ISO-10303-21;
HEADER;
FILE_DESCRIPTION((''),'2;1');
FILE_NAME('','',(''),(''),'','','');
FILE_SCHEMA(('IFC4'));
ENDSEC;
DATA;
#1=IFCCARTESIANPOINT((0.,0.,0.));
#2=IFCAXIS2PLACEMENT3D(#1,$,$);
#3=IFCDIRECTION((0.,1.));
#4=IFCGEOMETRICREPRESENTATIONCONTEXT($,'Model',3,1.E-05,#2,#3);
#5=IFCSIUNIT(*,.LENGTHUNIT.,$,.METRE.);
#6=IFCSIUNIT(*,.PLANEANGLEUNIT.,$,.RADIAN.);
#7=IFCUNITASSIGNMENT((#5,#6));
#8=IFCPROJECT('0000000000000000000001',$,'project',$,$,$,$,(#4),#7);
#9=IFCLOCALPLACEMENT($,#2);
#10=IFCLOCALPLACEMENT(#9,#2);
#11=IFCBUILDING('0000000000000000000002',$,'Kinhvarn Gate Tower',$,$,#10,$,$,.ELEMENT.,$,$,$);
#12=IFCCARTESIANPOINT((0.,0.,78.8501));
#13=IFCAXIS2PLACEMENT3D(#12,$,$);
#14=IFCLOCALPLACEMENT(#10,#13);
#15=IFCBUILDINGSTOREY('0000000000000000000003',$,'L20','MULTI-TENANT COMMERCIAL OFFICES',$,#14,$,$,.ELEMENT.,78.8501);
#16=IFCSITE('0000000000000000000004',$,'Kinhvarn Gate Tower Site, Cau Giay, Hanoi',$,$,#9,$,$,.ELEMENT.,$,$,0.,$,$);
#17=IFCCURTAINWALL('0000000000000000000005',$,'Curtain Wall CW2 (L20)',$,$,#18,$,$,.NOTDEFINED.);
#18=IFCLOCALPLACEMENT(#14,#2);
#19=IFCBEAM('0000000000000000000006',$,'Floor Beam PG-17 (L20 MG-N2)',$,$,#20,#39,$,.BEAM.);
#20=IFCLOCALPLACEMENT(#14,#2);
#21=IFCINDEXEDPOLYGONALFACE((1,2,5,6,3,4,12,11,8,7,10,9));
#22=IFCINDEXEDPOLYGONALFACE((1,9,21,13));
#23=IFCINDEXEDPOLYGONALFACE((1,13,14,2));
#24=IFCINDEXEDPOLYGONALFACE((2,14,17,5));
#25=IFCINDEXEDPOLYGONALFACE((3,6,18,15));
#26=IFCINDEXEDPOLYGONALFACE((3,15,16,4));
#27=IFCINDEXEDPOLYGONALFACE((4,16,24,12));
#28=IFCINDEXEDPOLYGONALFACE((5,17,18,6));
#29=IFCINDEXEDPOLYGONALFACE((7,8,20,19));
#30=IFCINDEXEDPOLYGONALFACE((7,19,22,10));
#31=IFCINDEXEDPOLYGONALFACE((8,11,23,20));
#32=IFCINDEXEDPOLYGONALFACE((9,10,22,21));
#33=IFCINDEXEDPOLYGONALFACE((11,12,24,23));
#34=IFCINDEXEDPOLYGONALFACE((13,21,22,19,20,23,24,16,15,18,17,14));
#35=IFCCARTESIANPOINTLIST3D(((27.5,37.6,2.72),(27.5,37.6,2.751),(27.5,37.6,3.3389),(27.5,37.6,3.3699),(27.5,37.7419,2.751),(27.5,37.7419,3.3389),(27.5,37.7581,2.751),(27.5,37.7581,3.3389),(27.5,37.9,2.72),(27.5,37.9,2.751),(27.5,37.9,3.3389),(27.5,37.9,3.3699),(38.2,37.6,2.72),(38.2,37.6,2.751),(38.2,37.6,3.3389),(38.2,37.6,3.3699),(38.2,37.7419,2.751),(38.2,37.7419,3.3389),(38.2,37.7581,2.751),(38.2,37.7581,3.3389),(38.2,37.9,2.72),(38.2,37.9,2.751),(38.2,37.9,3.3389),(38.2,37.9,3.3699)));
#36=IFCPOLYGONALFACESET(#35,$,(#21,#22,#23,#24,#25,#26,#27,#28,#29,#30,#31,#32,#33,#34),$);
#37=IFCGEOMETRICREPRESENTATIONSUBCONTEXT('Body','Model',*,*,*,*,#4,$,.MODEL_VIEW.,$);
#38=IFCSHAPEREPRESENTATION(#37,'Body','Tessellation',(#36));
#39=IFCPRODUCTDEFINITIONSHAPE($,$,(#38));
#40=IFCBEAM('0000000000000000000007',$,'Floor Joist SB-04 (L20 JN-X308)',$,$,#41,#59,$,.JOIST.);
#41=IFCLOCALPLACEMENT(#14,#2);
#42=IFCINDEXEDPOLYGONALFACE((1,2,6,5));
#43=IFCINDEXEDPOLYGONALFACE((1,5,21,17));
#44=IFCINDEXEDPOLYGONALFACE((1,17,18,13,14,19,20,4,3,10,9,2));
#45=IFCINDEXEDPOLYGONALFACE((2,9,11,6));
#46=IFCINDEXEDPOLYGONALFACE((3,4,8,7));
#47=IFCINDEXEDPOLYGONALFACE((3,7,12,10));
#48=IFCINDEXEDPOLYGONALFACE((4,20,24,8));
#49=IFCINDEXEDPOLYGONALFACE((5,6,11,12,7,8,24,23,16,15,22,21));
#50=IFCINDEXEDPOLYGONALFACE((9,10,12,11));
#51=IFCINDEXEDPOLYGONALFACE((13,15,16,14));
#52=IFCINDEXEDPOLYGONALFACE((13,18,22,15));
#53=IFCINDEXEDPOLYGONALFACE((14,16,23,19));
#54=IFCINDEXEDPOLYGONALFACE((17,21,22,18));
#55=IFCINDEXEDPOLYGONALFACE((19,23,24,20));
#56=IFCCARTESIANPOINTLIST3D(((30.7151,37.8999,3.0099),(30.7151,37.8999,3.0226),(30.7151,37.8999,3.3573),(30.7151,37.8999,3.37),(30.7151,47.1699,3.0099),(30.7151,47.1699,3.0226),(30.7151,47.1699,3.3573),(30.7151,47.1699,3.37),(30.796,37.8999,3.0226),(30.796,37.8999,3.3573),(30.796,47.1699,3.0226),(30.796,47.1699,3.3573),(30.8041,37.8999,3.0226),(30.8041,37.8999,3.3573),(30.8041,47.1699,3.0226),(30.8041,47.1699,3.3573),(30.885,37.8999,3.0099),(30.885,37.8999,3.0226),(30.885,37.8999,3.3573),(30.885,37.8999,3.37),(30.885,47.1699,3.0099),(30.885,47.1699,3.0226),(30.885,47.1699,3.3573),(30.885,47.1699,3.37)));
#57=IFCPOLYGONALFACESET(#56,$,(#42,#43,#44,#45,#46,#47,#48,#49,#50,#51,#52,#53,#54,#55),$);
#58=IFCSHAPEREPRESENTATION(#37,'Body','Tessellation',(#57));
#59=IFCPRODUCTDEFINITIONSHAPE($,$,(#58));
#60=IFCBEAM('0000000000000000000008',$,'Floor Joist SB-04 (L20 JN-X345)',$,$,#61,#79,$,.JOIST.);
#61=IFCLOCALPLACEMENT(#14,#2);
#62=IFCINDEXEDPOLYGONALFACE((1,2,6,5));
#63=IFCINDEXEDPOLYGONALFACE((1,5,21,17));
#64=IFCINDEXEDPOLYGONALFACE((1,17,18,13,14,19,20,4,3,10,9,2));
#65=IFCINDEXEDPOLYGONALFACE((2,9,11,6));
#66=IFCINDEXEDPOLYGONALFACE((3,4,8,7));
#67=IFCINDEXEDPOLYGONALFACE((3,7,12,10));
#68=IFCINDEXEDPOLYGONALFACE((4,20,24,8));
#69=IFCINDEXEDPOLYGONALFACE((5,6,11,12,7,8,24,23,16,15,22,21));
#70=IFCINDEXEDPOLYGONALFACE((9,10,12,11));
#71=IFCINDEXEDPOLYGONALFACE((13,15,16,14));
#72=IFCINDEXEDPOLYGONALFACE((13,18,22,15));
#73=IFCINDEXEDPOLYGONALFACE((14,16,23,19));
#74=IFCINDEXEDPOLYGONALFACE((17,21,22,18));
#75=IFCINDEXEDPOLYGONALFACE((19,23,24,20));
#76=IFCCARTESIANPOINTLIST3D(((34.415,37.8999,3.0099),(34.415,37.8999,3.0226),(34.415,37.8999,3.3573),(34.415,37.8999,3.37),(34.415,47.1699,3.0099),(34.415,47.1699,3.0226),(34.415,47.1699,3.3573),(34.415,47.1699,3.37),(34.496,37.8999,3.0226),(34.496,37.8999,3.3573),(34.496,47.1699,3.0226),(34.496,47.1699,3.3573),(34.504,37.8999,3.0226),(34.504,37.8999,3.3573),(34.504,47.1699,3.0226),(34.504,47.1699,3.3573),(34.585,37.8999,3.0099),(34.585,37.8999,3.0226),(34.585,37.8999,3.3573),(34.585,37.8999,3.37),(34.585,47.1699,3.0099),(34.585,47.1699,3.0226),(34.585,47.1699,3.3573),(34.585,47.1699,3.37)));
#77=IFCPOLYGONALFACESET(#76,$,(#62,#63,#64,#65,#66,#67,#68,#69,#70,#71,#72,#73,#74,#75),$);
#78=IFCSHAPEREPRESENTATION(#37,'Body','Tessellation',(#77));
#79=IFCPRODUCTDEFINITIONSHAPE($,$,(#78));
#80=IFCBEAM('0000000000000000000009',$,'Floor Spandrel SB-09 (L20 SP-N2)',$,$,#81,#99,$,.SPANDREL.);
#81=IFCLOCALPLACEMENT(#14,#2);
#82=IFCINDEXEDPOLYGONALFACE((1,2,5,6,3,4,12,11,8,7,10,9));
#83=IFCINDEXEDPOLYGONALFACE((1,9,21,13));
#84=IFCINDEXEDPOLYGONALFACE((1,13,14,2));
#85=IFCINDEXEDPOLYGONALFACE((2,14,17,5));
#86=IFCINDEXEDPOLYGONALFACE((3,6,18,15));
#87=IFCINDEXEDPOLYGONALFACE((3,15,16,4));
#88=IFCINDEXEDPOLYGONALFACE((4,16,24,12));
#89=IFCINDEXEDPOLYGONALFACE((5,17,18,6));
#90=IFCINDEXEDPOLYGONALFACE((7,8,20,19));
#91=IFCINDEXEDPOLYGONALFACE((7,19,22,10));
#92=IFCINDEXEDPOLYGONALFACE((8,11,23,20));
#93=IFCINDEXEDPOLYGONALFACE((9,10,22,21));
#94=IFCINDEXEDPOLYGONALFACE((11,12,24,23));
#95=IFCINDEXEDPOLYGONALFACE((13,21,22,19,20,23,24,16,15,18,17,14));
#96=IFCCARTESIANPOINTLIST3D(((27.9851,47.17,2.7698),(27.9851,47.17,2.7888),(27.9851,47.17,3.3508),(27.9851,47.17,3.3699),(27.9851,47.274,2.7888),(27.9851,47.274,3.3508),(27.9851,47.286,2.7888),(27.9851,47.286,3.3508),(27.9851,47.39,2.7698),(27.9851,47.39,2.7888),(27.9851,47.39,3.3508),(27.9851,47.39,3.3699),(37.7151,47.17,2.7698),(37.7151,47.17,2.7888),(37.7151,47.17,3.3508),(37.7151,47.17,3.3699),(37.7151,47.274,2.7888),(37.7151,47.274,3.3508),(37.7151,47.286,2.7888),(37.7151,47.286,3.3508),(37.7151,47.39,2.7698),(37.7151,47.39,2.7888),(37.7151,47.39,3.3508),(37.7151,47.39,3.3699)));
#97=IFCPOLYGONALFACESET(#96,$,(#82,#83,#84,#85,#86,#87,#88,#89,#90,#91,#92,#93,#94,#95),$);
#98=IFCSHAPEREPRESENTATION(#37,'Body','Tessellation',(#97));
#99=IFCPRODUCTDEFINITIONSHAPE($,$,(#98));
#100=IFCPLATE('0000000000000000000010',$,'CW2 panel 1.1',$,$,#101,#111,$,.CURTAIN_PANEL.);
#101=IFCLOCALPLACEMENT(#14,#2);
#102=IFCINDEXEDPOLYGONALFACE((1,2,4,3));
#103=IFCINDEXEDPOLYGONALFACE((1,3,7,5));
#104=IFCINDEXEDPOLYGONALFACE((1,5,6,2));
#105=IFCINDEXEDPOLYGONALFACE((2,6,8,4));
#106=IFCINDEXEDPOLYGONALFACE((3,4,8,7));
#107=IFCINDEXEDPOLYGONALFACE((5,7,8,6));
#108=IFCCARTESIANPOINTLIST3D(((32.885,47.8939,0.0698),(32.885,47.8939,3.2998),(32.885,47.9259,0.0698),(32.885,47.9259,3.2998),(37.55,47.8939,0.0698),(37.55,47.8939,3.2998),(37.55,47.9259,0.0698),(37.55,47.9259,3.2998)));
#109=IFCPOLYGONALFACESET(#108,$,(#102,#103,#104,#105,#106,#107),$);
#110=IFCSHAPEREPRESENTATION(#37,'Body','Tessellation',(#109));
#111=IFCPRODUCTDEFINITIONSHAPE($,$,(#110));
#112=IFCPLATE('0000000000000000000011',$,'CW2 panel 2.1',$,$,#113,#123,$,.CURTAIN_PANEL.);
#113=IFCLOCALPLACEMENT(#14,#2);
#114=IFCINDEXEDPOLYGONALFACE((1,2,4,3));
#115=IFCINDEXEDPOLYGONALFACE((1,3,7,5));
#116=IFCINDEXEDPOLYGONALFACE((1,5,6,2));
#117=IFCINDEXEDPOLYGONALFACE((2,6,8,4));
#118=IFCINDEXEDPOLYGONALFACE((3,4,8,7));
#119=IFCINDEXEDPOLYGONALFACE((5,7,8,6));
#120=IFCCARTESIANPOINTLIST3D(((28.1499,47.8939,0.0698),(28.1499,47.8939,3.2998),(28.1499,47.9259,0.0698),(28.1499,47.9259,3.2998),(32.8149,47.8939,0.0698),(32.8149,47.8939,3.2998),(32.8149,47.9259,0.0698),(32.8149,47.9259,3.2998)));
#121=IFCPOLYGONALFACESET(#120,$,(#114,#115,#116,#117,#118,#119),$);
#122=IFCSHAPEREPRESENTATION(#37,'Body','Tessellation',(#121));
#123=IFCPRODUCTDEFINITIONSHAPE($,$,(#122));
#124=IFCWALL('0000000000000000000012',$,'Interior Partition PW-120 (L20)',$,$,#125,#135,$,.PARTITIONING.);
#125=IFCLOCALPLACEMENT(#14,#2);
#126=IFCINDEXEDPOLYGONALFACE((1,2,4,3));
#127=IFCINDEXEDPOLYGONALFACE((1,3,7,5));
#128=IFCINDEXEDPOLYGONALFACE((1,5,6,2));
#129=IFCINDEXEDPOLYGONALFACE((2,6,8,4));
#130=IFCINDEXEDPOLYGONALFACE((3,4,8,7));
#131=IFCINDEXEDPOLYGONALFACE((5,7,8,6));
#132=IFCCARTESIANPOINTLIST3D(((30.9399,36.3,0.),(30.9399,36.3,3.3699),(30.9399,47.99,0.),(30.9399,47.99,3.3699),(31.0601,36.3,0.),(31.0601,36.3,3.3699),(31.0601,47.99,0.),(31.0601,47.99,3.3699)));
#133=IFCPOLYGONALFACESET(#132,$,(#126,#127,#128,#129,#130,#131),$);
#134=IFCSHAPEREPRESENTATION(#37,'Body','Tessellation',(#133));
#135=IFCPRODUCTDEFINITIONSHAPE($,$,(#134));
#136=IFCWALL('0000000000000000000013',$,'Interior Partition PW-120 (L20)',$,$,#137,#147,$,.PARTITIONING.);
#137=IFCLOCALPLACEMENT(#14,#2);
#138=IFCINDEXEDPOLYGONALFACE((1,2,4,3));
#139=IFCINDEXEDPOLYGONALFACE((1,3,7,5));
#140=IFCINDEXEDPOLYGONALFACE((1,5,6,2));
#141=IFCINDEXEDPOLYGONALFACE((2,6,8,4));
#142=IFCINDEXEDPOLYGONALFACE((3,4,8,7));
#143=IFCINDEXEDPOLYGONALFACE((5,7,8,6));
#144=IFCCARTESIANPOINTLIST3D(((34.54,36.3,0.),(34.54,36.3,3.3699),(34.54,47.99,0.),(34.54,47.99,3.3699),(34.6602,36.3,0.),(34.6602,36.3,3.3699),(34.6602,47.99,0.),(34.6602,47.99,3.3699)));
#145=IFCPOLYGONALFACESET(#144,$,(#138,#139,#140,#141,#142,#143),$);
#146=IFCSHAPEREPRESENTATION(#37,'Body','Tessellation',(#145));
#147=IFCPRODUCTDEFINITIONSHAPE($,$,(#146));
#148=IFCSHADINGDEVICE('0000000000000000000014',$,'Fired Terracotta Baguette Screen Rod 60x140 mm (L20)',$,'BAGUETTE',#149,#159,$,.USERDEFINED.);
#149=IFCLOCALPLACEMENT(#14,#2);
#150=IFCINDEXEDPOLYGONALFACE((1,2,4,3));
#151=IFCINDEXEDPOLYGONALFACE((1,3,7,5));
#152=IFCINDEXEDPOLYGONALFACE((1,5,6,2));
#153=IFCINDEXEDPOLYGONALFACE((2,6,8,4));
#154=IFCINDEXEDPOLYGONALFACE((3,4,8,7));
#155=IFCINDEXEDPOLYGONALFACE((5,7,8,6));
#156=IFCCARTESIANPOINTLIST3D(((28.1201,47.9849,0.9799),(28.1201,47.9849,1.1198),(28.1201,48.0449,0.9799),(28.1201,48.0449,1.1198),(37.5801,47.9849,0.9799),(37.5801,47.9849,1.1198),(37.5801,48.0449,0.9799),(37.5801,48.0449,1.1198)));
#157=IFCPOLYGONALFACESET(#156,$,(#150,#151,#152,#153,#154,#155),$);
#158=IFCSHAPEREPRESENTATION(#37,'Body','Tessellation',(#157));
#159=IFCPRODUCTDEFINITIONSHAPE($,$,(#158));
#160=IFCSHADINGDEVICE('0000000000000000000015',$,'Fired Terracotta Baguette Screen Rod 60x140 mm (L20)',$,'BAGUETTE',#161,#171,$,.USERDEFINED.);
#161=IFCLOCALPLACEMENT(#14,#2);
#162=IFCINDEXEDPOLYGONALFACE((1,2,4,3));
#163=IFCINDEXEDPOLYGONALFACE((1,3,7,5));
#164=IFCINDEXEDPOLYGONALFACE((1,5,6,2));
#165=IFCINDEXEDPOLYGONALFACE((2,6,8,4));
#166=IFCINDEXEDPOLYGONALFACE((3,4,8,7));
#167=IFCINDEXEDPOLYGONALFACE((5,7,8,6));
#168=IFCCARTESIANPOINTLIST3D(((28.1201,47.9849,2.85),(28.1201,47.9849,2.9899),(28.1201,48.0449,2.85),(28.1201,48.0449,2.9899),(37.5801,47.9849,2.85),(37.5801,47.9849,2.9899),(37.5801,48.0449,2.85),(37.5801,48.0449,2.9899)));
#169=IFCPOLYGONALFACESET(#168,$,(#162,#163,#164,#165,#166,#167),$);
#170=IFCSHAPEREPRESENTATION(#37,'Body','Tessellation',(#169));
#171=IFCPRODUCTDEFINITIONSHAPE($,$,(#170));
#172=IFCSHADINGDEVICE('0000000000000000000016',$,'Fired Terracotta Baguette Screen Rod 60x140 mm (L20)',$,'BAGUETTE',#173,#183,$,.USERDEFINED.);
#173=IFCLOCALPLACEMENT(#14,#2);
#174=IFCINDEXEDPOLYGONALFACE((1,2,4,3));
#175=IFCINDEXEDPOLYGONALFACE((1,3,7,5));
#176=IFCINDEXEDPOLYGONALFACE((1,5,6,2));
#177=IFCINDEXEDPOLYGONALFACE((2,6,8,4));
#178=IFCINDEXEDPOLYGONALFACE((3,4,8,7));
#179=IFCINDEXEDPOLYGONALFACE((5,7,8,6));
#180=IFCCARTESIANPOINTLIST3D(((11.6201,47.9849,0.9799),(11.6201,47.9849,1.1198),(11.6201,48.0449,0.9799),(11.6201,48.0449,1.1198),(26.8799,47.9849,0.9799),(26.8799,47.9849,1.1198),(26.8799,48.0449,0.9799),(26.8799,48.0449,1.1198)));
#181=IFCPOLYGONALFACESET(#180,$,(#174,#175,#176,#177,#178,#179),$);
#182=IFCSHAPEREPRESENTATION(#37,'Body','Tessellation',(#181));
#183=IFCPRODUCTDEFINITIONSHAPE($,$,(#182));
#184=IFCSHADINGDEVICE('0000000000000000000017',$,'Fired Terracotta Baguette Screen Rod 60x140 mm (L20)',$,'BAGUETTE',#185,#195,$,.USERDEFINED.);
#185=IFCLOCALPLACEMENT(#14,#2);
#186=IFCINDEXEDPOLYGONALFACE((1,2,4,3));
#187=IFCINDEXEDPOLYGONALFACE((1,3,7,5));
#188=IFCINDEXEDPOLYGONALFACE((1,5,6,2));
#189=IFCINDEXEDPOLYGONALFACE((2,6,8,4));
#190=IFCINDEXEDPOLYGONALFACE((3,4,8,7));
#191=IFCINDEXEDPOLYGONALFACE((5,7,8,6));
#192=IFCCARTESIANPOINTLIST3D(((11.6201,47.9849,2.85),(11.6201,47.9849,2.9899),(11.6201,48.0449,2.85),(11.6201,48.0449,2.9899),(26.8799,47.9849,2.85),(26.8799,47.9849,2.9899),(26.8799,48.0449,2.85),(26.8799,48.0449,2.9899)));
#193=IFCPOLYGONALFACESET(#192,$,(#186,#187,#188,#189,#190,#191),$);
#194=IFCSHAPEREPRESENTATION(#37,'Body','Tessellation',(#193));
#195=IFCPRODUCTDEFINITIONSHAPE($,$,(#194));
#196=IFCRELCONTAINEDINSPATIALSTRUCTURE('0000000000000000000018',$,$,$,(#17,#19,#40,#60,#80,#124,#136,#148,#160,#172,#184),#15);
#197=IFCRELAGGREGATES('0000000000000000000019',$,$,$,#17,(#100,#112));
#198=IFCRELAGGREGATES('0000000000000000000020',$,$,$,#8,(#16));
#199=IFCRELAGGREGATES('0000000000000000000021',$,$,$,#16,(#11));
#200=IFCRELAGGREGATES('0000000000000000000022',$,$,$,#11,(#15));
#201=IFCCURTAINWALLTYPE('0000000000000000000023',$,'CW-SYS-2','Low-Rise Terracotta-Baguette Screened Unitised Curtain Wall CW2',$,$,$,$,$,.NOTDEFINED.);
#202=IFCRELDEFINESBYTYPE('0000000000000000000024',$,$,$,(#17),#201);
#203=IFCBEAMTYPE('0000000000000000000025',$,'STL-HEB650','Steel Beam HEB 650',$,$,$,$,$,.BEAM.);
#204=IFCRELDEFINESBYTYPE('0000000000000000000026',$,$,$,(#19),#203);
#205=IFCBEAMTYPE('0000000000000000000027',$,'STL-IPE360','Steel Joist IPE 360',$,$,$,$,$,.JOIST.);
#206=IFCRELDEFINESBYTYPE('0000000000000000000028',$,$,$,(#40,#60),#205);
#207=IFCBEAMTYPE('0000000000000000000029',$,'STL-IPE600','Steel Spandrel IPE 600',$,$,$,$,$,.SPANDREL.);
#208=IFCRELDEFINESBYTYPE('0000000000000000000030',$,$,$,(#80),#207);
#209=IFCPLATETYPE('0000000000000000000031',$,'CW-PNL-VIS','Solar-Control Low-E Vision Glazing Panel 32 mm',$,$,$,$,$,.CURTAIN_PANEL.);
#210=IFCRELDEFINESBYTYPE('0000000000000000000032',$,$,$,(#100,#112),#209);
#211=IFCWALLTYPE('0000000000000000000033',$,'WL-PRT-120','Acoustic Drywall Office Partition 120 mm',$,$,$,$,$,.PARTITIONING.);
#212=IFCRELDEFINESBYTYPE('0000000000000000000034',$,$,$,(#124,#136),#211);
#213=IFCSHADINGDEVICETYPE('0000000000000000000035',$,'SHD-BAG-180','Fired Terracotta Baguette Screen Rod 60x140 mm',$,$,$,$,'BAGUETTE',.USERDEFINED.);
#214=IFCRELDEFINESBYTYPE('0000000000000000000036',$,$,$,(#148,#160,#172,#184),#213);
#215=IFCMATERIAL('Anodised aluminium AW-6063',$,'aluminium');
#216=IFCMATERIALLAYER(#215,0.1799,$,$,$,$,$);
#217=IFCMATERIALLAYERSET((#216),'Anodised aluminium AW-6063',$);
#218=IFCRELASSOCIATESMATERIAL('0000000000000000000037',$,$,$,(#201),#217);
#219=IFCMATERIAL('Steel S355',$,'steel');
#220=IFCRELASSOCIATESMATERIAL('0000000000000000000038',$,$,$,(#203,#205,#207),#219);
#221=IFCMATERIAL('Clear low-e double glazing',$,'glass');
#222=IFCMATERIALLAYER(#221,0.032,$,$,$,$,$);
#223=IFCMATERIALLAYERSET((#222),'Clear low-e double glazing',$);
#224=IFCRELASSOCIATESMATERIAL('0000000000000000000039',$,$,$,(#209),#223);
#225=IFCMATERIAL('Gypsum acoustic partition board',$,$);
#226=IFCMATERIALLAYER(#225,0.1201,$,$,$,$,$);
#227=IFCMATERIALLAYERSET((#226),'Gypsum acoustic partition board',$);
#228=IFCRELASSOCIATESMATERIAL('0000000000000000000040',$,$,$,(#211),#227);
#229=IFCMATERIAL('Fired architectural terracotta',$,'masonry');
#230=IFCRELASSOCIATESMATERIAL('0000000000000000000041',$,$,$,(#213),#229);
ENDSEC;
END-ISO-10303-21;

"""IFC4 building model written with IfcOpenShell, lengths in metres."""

from ifc_helpers import new_model, si_unit, direction, frame, frame_2d, origin, origin_2d, place, context, subcontext, project, spatial, rectangle, i_section, extrude, material, layer, layer_set, material_profile, profile_set, type_object, element, aggregate, save


model = new_model("IFC4")

# Units and contexts
model_context = context("Model", 3, precision=1e-05, world=origin(), true_north=direction((0.0, 1.0)))
body_context = subcontext(model_context, "Body", "Model", "MODEL_VIEW")
ifc_project = project(units=[si_unit("LENGTHUNIT", "METRE"), si_unit("PLANEANGLEUNIT", "RADIAN")], contexts=[model_context])

# Site, building, storey
site_placement = place(None, origin())
site = spatial("IfcSite", under=ifc_project, at=site_placement, Name="Kinhvarn Gate Tower Site, Cau Giay, Hanoi", CompositionType="ELEMENT", RefElevation=0.0)
building_placement = place(site_placement, origin())
building = spatial("IfcBuilding", under=site, at=building_placement, Name="Kinhvarn Gate Tower", CompositionType="ELEMENT")
storey_placement = place(building_placement, frame((0.0, 0.0, 78.8501)))
storey = spatial("IfcBuildingStorey", under=building, at=storey_placement, Name="L20", Description="MULTI-TENANT COMMERCIAL OFFICES", CompositionType="ELEMENT", Elevation=78.8501)

# Curtain wall
ifc_material_1 = material(Name="Anodised aluminium AW-6063", Category="aluminium")
ifc_layer_1 = layer(ifc_material_1, 0.1799)
ifc_layer_set_1 = layer_set([ifc_layer_1], Name="Anodised aluminium AW-6063")
curtain_wall_type = type_object("IfcCurtainWallType", Name="CW-SYS-2", Description="Low-Rise Terracotta-Baguette Screened Unitised Curtain Wall CW2", PredefinedType="NOTDEFINED", material=ifc_layer_set_1)
curtain_wall_1_placement = place(storey_placement, origin())
curtain_wall_1 = element("IfcCurtainWall", 1, at=curtain_wall_1_placement, inside=storey, type_object=curtain_wall_type, Name="Curtain Wall CW2 (L20)", PredefinedType="NOTDEFINED")

# Beams
ifc_material_2 = material(Name="Steel S355", Category="steel")
ifc_material_profile_1 = material_profile(ifc_material_2, i_section(OverallWidth=0.3, OverallDepth=0.6499, WebThickness=0.0161, FlangeThickness=0.031, at=origin_2d()), Name="HEB 650")
ifc_profile_set_1 = profile_set([ifc_material_profile_1], Name="Steel S355")
beam_type_1 = type_object("IfcBeamType", Name="STL-HEB650", Description="Steel Beam HEB 650", PredefinedType="BEAM", material=ifc_profile_set_1)
beam_1_placement = place(storey_placement, frame((27.5, 37.75, 3.0449), z_axis=(1.0, 0.0, 0.0), x_axis=(0.0, 1.0, 0.0)))
element("IfcBeam", 2, at=beam_1_placement, inside=storey, type_object=beam_type_1, Name="Floor Beam PG-17 (L20 MG-N2)", PredefinedType="BEAM", context=body_context, shape_type="SweptSolid", body=[
    extrude(i_section(OverallWidth=0.3, OverallDepth=0.6499, WebThickness=0.0161, FlangeThickness=0.031, at=origin_2d()), origin(), (0.0, 0.0, 1.0), 10.7),
])
ifc_material_profile_2 = material_profile(ifc_material_2, i_section(OverallWidth=0.1699, OverallDepth=0.3601, WebThickness=0.0081, FlangeThickness=0.0127, at=origin_2d()), Name="IPE 360")
ifc_profile_set_2 = profile_set([ifc_material_profile_2], Name="Steel S355")
beam_type_2 = type_object("IfcBeamType", Name="STL-IPE360", Description="Steel Joist IPE 360", PredefinedType="JOIST", material=ifc_profile_set_2)
for number, where, z_axis, x_axis, name in (
    (3, (30.8, 37.8999, 3.1899), (0.0, 1.0, 0.0), (-1.0, 0.0, 0.0), "Floor Joist SB-04 (L20 JN-X308)"),
    (4, (34.5, 37.8999, 3.1899), (0.0, 1.0, 0.0), (-1.0, 0.0, 0.0), "Floor Joist SB-04 (L20 JN-X345)"),
):
    element("IfcBeam", number, at=place(storey_placement, frame(where, z_axis=z_axis, x_axis=x_axis)), inside=storey, type_object=beam_type_2, Name=name, PredefinedType="JOIST", context=body_context, shape_type="SweptSolid", body=[
        extrude(i_section(OverallWidth=0.1699, OverallDepth=0.3601, WebThickness=0.0081, FlangeThickness=0.0127, at=origin_2d()), origin(), (0.0, 0.0, 1.0), 9.27),
    ])
ifc_material_profile_3 = material_profile(ifc_material_2, i_section(OverallWidth=0.22, OverallDepth=0.6001, WebThickness=0.012, FlangeThickness=0.019, at=origin_2d()), Name="IPE 600")
ifc_profile_set_3 = profile_set([ifc_material_profile_3], Name="Steel S355")
beam_type_3 = type_object("IfcBeamType", Name="STL-IPE600", Description="Steel Spandrel IPE 600", PredefinedType="SPANDREL", material=ifc_profile_set_3)
beam_2_placement = place(storey_placement, frame((27.9851, 47.28, 3.0698), z_axis=(1.0, 0.0, 0.0), x_axis=(0.0, 1.0, 0.0)))
element("IfcBeam", 5, at=beam_2_placement, inside=storey, type_object=beam_type_3, Name="Floor Spandrel SB-09 (L20 SP-N2)", PredefinedType="SPANDREL", context=body_context, shape_type="SweptSolid", body=[
    extrude(i_section(OverallWidth=0.22, OverallDepth=0.6001, WebThickness=0.012, FlangeThickness=0.019, at=origin_2d()), origin(), (0.0, 0.0, 1.0), 9.73),
])

# Plates
ifc_material_3 = material(Name="Clear low-e double glazing", Category="glass")
ifc_layer_2 = layer(ifc_material_3, 0.032)
ifc_layer_set_2 = layer_set([ifc_layer_2], Name="Clear low-e double glazing")
plate_type = type_object("IfcPlateType", Name="CW-PNL-VIS", Description="Solar-Control Low-E Vision Glazing Panel 32 mm", PredefinedType="CURTAIN_PANEL", material=ifc_layer_set_2)
plate_1_placement = place(storey_placement, frame((35.2175, 47.9099, 0.0698), z_axis=(0.0, 0.0, 1.0), x_axis=(-1.0, 0.0, 0.0)))
plate_1 = element("IfcPlate", 6, at=plate_1_placement, type_object=plate_type, Name="CW2 panel 1.1", PredefinedType="CURTAIN_PANEL", context=body_context, shape_type="SweptSolid", body=[
    extrude(rectangle(XDim=4.665, YDim=0.032, at=origin_2d()), origin(), (0.0, 0.0, 1.0), 3.23),
])
plate_2_placement = place(storey_placement, frame((30.4824, 47.9099, 0.0698), z_axis=(0.0, 0.0, 1.0), x_axis=(-1.0, 0.0, 0.0)))
plate_2 = element("IfcPlate", 7, at=plate_2_placement, type_object=plate_type, Name="CW2 panel 2.1", PredefinedType="CURTAIN_PANEL", context=body_context, shape_type="SweptSolid", body=[
    extrude(rectangle(XDim=4.665, YDim=0.032, at=origin_2d()), origin(), (0.0, 0.0, 1.0), 3.23),
])
aggregate(curtain_wall_1, [plate_1, plate_2])

# Walls
ifc_material_4 = material(Name="Gypsum acoustic partition board")
ifc_layer_3 = layer(ifc_material_4, 0.1201)
ifc_layer_set_3 = layer_set([ifc_layer_3], Name="Gypsum acoustic partition board")
wall_type_1 = type_object("IfcWallType", Name="WL-PRT-120", Description="Acoustic Drywall Office Partition 120 mm", PredefinedType="PARTITIONING", material=ifc_layer_set_3)
for number, where, z_axis, x_axis, name in (
    (8, (31.0, 36.3, 0.0), (0.0, 0.0, 1.0), (0.0, 1.0, 0.0), "Interior Partition PW-120 (L20)"),
    (9, (34.6001, 36.3, 0.0), (0.0, 0.0, 1.0), (0.0, 1.0, 0.0), "Interior Partition PW-120 (L20)"),
):
    element("IfcWall", number, at=place(storey_placement, frame(where, z_axis=z_axis, x_axis=x_axis)), inside=storey, type_object=wall_type_1, Name=name, PredefinedType="PARTITIONING", context=body_context, shape_type="SweptSolid", body=[
        extrude(rectangle(XDim=11.6899, YDim=0.1201, at=frame_2d((5.845, 0.0))), origin(), (0.0, 0.0, 1.0), 3.3699),
    ])

# Shading devices
ifc_material_5 = material(Name="Fired architectural terracotta", Category="masonry")
ifc_material_profile_4 = material_profile(ifc_material_5, rectangle(XDim=0.0601, YDim=0.1399, at=origin_2d()), Name="TC 60x140")
ifc_profile_set_4 = profile_set([ifc_material_profile_4], Name="Fired architectural terracotta")
shading_device_type = type_object("IfcShadingDeviceType", Name="SHD-BAG-180", Description="Fired Terracotta Baguette Screen Rod 60x140 mm", ElementType="BAGUETTE", PredefinedType="USERDEFINED", material=ifc_profile_set_4)
for number, where, z_axis, x_axis, name in (
    (10, (37.5801, 48.0149, 1.0498), (-1.0, 0.0, 0.0), (0.0, -1.0, 0.0), "Fired Terracotta Baguette Screen Rod 60x140 mm (L20)"),
    (11, (37.5801, 48.0149, 2.9199), (-1.0, 0.0, 0.0), (0.0, -1.0, 0.0), "Fired Terracotta Baguette Screen Rod 60x140 mm (L20)"),
):
    element("IfcShadingDevice", number, at=place(storey_placement, frame(where, z_axis=z_axis, x_axis=x_axis)), inside=storey, type_object=shading_device_type, Name=name, ObjectType="BAGUETTE", PredefinedType="USERDEFINED", context=body_context, shape_type="SweptSolid", body=[
        extrude(rectangle(XDim=0.0601, YDim=0.1399, at=origin_2d()), origin(), (0.0, 0.0, 1.0), 9.46),
    ])
for number, where, z_axis, x_axis, name in (
    (12, (26.8799, 48.0149, 1.0498), (-1.0, 0.0, 0.0), (0.0, -1.0, 0.0), "Fired Terracotta Baguette Screen Rod 60x140 mm (L20)"),
    (13, (26.8799, 48.0149, 2.9199), (-1.0, 0.0, 0.0), (0.0, -1.0, 0.0), "Fired Terracotta Baguette Screen Rod 60x140 mm (L20)"),
):
    element("IfcShadingDevice", number, at=place(storey_placement, frame(where, z_axis=z_axis, x_axis=x_axis)), inside=storey, type_object=shading_device_type, Name=name, ObjectType="BAGUETTE", PredefinedType="USERDEFINED", context=body_context, shape_type="SweptSolid", body=[
        extrude(rectangle(XDim=0.0601, YDim=0.1399, at=origin_2d()), origin(), (0.0, 0.0, 1.0), 15.2598),
    ])

save(model, "model.ifc")
